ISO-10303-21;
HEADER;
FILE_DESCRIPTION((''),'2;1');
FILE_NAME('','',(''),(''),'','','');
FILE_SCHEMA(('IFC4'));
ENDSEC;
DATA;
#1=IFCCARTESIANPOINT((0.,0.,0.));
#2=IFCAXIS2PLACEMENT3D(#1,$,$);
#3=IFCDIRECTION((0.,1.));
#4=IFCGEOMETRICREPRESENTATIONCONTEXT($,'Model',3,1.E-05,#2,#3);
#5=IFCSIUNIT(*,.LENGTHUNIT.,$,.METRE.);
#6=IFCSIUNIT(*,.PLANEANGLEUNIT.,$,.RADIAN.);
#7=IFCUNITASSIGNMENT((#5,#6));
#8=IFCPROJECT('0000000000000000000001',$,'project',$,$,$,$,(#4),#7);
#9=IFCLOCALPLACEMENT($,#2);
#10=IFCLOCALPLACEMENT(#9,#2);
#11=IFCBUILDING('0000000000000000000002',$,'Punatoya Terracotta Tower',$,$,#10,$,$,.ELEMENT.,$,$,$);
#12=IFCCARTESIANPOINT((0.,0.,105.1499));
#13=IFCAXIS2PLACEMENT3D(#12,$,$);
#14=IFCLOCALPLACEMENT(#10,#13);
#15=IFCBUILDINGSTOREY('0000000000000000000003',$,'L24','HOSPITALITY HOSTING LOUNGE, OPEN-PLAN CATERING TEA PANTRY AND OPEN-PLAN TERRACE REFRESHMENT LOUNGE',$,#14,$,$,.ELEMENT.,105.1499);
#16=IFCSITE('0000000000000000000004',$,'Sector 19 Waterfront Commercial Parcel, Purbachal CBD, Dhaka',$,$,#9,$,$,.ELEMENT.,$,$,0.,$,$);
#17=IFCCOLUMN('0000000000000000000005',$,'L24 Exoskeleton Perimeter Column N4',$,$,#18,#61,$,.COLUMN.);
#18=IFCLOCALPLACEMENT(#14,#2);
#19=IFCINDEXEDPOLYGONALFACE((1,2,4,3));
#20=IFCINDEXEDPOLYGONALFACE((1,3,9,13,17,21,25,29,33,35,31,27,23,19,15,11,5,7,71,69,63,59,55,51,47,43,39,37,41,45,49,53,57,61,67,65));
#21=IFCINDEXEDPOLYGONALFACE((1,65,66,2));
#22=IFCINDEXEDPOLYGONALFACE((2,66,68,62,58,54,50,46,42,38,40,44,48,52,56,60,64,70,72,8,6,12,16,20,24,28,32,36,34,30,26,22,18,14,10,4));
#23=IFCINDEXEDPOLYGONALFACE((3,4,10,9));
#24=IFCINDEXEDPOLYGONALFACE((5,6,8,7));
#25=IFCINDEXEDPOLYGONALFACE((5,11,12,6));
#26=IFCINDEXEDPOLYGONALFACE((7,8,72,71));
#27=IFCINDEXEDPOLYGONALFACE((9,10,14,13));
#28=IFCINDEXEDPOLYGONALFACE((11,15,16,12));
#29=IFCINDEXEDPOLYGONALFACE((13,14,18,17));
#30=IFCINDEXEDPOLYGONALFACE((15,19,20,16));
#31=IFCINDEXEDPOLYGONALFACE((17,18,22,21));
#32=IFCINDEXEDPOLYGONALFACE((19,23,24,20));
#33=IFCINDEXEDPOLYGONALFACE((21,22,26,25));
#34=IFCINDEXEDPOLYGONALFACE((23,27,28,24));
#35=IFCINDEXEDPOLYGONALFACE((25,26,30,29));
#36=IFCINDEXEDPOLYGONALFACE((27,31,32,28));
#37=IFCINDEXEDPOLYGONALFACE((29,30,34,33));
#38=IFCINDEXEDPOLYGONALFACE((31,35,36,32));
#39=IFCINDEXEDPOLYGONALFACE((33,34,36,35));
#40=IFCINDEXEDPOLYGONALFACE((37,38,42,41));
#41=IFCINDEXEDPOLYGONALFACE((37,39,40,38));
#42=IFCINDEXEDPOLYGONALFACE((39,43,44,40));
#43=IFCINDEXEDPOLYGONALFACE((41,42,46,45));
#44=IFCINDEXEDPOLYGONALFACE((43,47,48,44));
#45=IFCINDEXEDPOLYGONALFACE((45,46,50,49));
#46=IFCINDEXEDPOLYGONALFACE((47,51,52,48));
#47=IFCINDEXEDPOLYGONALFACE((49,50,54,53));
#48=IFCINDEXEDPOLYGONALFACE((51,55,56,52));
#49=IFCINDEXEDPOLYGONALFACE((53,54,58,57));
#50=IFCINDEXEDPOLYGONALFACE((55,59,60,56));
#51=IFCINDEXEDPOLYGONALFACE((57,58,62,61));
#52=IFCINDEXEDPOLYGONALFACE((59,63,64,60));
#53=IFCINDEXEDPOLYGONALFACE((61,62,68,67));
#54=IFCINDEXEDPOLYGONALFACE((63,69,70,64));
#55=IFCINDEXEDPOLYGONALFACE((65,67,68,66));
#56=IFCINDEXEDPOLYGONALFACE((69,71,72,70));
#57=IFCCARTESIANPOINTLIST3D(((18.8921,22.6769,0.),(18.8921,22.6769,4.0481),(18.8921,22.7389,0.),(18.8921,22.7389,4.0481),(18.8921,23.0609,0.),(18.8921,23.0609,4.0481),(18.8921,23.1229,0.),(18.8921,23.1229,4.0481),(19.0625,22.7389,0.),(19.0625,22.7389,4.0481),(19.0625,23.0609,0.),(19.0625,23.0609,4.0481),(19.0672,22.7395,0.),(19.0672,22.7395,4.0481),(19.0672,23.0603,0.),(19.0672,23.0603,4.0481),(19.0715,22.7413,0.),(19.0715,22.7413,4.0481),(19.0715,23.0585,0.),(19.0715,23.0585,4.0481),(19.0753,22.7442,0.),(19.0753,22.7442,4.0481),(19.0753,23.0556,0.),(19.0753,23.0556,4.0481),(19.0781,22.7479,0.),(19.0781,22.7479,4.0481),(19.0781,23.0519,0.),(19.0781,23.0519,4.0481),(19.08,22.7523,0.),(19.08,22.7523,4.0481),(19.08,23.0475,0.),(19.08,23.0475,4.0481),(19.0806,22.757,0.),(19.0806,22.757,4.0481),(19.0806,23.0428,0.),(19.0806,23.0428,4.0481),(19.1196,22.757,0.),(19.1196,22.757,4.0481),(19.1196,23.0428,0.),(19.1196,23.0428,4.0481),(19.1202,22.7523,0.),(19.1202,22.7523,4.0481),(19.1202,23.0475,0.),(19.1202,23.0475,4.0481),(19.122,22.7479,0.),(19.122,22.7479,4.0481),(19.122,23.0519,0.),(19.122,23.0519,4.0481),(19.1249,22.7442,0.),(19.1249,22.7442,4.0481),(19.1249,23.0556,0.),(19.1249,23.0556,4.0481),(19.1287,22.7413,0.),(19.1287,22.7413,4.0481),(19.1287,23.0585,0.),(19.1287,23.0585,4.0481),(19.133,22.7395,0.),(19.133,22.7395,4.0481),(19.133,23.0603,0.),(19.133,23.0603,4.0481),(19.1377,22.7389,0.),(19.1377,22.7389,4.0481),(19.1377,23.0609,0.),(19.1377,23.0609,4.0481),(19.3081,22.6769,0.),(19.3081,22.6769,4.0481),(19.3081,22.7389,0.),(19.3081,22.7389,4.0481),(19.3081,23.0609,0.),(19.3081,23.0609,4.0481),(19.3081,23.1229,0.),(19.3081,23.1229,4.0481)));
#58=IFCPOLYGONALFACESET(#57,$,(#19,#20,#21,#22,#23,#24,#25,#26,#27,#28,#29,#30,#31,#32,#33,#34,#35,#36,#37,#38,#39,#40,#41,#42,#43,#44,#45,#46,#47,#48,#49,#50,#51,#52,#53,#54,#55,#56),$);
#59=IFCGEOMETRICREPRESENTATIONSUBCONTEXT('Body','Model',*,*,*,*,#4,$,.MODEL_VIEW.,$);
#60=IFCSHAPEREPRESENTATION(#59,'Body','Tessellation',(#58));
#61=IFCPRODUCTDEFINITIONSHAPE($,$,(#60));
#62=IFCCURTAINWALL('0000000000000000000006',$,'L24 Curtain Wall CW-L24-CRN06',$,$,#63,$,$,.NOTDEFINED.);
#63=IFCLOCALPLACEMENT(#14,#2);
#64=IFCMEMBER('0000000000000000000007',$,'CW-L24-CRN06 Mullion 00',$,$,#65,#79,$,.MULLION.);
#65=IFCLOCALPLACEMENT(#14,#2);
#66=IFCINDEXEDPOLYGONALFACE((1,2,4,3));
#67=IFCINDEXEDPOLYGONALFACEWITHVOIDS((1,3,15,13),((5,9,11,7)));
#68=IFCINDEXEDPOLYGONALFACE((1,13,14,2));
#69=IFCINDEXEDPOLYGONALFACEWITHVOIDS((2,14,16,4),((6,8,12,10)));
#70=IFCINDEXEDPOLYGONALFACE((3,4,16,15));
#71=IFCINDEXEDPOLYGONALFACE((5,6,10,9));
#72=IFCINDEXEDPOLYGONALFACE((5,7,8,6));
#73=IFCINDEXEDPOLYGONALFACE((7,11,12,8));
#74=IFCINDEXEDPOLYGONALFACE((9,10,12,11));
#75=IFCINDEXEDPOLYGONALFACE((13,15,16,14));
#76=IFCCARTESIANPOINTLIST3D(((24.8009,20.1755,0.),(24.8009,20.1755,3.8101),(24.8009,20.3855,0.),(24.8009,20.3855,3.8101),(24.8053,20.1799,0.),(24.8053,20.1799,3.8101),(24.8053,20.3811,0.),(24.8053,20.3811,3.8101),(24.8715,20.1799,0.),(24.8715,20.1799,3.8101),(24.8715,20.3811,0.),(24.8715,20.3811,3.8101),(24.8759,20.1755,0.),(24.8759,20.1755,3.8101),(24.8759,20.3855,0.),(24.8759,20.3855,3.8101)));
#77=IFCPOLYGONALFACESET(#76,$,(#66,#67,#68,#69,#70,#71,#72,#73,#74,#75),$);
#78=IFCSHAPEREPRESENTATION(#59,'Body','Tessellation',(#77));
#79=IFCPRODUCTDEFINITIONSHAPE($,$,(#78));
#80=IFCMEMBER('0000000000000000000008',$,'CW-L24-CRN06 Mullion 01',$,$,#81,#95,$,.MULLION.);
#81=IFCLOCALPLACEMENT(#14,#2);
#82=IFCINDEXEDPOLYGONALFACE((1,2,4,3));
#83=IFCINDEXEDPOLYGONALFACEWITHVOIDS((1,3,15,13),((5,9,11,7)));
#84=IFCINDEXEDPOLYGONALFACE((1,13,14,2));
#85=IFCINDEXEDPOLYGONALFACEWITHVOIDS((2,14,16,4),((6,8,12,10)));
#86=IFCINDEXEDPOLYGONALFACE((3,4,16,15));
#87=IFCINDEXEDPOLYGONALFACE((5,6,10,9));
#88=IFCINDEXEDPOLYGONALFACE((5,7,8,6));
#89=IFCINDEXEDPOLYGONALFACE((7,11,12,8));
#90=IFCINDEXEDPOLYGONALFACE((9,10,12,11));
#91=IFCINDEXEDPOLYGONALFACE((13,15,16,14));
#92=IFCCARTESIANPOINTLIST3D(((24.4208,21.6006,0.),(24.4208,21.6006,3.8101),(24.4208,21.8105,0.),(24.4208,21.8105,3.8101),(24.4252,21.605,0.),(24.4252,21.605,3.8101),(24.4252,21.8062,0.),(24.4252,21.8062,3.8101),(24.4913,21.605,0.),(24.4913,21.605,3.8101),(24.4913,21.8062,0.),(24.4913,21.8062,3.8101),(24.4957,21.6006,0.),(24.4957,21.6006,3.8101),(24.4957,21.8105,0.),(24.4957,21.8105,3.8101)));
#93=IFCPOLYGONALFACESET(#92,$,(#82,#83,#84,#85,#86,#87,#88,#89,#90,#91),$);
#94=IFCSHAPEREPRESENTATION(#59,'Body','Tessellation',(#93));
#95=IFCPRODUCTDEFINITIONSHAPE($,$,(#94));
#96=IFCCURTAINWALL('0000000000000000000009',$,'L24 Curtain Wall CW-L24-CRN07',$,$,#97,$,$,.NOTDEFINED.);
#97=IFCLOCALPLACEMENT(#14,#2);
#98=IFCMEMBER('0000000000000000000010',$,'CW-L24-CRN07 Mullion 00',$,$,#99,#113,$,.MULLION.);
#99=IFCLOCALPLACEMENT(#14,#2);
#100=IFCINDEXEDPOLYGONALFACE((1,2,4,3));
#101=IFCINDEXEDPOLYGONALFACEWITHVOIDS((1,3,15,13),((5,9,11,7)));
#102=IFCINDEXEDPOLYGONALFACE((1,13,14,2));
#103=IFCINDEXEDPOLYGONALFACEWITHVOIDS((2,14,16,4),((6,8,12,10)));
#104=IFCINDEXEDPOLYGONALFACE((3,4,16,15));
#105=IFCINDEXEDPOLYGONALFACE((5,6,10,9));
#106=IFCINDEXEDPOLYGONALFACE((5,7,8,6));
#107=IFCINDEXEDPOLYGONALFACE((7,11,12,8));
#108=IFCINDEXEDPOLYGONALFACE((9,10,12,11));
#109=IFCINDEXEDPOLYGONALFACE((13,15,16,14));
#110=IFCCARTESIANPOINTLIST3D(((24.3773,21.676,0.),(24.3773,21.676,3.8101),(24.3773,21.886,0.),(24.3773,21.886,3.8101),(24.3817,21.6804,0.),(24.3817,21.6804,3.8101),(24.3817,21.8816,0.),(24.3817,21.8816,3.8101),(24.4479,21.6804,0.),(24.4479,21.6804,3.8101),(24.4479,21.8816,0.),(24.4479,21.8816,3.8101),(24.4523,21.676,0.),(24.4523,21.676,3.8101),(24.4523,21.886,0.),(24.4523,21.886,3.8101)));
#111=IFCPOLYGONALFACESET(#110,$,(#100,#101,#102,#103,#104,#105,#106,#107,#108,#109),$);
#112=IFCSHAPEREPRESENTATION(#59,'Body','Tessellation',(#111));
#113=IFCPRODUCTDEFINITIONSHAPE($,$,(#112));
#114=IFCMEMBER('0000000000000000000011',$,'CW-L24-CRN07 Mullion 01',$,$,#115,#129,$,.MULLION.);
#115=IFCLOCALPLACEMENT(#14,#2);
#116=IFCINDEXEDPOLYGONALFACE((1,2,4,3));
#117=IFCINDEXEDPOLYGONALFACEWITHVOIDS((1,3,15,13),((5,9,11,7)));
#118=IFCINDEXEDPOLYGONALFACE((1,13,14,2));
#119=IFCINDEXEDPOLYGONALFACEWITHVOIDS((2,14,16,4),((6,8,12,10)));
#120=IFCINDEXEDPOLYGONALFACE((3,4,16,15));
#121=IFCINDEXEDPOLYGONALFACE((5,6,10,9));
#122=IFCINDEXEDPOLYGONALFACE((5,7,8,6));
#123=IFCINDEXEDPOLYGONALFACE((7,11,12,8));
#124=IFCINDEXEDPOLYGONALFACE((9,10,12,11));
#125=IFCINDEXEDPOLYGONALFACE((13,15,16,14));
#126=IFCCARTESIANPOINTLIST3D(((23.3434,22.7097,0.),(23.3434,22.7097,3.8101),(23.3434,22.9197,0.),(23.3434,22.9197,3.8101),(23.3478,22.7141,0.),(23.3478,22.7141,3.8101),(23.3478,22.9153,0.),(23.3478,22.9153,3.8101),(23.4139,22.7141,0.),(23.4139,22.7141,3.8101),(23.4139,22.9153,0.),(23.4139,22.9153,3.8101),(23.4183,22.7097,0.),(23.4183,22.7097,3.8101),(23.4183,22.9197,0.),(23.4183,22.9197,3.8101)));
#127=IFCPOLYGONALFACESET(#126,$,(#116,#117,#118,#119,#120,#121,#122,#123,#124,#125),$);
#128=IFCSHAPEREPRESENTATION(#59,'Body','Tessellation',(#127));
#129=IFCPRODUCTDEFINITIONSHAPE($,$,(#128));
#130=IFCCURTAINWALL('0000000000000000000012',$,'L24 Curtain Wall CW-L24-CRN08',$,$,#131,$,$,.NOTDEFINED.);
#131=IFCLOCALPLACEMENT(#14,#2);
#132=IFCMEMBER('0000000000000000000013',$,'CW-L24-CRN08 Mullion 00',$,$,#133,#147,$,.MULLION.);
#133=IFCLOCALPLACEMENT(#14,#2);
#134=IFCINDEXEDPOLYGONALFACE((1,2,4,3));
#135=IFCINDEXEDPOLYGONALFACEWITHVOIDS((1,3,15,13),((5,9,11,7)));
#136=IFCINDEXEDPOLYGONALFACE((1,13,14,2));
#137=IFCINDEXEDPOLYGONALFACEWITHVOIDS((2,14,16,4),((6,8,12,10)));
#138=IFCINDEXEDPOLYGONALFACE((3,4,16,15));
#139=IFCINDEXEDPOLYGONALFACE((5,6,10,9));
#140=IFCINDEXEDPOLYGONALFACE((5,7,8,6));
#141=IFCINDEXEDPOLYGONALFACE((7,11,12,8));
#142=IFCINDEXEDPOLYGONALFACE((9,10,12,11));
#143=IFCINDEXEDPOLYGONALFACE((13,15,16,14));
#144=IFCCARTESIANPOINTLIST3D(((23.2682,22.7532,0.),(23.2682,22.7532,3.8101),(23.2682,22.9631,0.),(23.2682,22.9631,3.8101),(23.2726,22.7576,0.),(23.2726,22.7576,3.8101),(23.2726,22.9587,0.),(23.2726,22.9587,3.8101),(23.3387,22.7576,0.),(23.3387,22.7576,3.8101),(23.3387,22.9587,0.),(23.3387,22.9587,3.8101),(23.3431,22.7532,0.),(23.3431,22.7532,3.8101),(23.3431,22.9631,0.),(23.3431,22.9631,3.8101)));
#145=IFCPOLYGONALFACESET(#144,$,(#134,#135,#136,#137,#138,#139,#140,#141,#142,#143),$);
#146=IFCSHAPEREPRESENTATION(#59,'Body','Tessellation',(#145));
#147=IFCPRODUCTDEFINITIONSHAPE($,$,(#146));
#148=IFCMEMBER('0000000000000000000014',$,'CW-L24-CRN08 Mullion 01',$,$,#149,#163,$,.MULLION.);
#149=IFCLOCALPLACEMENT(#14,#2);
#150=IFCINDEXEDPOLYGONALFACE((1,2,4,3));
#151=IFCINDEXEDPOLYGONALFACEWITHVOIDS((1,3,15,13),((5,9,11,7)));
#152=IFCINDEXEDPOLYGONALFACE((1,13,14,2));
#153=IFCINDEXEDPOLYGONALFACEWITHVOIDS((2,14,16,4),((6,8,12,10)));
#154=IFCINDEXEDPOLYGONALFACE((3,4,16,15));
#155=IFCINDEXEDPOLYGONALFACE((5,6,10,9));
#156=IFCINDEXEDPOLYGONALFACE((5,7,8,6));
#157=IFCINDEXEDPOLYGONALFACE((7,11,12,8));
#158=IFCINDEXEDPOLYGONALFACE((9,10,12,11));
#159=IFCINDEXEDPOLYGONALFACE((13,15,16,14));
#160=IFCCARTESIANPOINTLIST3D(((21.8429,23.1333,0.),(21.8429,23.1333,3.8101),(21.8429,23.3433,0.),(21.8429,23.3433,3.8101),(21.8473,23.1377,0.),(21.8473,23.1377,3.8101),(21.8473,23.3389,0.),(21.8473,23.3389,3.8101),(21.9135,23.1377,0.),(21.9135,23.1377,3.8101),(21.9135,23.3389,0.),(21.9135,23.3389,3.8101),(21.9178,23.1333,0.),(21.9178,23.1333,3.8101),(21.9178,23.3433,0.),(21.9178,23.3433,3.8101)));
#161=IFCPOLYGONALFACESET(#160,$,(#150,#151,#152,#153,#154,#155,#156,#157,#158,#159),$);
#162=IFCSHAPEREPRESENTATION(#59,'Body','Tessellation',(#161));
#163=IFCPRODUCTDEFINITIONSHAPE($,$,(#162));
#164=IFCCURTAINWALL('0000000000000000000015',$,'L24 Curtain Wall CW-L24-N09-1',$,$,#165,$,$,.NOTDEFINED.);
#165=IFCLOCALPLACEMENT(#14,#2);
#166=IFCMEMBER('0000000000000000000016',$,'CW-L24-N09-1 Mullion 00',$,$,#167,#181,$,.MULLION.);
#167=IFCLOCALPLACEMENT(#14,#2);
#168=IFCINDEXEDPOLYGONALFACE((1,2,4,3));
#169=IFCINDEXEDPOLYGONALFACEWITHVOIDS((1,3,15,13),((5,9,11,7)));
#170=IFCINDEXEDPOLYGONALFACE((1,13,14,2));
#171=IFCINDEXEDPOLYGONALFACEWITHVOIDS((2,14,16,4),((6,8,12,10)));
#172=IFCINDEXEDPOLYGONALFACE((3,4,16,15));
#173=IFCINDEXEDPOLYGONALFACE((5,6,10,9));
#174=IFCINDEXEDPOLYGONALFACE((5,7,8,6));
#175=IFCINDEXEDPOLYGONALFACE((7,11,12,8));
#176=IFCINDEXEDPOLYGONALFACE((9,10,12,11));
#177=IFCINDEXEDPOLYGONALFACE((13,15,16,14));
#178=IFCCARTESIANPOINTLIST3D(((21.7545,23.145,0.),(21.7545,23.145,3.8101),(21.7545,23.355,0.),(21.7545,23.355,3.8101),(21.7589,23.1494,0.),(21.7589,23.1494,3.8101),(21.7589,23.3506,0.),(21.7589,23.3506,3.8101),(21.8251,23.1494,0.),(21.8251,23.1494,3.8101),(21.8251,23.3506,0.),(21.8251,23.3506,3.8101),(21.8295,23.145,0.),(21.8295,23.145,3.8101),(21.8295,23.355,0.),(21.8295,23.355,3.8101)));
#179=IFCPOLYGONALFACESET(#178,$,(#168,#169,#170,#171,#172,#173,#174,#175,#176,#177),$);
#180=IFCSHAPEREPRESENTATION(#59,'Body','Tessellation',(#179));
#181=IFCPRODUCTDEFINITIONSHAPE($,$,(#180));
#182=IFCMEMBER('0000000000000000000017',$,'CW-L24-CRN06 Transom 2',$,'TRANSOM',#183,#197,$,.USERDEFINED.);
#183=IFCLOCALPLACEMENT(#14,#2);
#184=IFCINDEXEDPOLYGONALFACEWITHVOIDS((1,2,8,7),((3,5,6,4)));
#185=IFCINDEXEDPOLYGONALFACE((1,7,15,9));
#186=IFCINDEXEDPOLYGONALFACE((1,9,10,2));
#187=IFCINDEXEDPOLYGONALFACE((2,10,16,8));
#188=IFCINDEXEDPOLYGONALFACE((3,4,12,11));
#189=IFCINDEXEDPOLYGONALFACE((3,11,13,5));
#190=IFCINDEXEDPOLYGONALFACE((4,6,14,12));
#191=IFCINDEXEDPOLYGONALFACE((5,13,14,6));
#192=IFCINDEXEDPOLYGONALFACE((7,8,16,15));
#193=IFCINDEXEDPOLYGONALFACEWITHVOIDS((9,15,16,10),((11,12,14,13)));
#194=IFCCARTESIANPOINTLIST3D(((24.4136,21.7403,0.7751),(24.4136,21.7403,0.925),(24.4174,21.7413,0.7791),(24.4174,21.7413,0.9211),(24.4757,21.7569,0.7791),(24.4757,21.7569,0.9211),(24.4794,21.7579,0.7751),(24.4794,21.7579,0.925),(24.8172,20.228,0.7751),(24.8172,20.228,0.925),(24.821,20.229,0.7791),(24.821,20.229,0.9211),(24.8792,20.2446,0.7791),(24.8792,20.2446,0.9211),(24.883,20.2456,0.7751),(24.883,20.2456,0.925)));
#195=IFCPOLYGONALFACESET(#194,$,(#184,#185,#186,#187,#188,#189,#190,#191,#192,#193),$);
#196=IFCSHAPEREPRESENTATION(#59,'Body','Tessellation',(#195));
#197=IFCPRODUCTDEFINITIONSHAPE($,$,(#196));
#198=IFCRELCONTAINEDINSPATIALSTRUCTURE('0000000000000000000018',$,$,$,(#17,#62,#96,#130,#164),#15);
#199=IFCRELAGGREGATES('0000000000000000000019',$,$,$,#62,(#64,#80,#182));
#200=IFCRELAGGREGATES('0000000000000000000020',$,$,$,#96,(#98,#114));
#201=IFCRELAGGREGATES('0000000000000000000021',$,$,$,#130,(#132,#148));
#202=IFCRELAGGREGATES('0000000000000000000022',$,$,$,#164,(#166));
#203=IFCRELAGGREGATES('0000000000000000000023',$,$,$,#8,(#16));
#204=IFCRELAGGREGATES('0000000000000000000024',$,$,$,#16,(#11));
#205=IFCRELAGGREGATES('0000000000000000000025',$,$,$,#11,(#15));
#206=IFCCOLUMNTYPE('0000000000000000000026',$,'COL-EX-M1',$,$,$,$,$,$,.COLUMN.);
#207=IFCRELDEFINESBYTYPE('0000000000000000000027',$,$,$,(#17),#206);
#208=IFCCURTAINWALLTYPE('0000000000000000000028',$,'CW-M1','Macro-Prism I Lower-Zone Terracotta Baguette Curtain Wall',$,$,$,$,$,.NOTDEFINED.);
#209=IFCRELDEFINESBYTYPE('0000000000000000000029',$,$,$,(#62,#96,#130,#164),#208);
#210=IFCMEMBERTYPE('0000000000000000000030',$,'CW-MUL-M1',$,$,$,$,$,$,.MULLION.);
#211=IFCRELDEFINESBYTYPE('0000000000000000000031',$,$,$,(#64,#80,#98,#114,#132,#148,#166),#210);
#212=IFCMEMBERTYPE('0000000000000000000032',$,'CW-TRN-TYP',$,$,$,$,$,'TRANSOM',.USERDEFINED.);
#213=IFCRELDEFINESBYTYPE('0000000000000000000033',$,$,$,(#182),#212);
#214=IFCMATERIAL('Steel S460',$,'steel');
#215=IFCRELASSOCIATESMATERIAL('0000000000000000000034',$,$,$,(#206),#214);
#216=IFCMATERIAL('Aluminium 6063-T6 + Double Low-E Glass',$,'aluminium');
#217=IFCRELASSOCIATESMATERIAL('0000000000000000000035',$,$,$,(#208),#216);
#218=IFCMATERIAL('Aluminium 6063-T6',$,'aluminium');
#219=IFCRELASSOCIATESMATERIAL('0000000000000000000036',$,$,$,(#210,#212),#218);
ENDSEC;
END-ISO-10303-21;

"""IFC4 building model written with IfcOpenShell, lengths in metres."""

from ifc_helpers import new_model, si_unit, direction, frame, origin, origin_2d, place, context, subcontext, project, spatial, hollow_rectangle, i_section, extrude, material, material_profile, profile_set, type_object, element, aggregate, save


model = new_model("IFC4")

# Units and contexts
model_context = context("Model", 3, precision=1e-05, world=origin(), true_north=direction((0.0, 1.0)))
body_context = subcontext(model_context, "Body", "Model", "MODEL_VIEW")
ifc_project = project(units=[si_unit("LENGTHUNIT", "METRE"), si_unit("PLANEANGLEUNIT", "RADIAN")], contexts=[model_context])

# Site, building, storey
site_placement = place(None, origin())
site = spatial("IfcSite", under=ifc_project, at=site_placement, Name="Sector 19 Waterfront Commercial Parcel, Purbachal CBD, Dhaka", CompositionType="ELEMENT", RefElevation=0.0)
building_placement = place(site_placement, origin())
building = spatial("IfcBuilding", under=site, at=building_placement, Name="Punatoya Terracotta Tower", CompositionType="ELEMENT")
storey_placement = place(building_placement, frame((0.0, 0.0, 105.1499)))
storey = spatial("IfcBuildingStorey", under=building, at=storey_placement, Name="L24", Description="HOSPITALITY HOSTING LOUNGE, OPEN-PLAN CATERING TEA PANTRY AND OPEN-PLAN TERRACE REFRESHMENT LOUNGE", CompositionType="ELEMENT", Elevation=105.1499)

# Column
ifc_material_1 = material(Name="Steel S460", Category="steel")
ifc_material_profile_1 = material_profile(ifc_material_1, i_section(OverallWidth=0.416, OverallDepth=0.446, WebThickness=0.0391, FlangeThickness=0.062, FilletRadius=0.0181, at=origin_2d()))
ifc_profile_set_1 = profile_set([ifc_material_profile_1], Name="Steel S460")
column_type = type_object("IfcColumnType", Name="COL-EX-M1", PredefinedType="COLUMN", material=ifc_profile_set_1)
column_placement = place(storey_placement, frame((19.1001, 22.8999, 0.0), z_axis=(0.0, 0.0, 1.0), x_axis=(1.0, 0.0, 0.0)))
element("IfcColumn", 1, at=column_placement, inside=storey, type_object=column_type, Name="L24 Exoskeleton Perimeter Column N4", PredefinedType="COLUMN", context=body_context, shape_type="SweptSolid", body=[
    extrude(i_section(OverallWidth=0.416, OverallDepth=0.446, WebThickness=0.0391, FlangeThickness=0.062, FilletRadius=0.0181, at=origin_2d()), origin(), (0.0, 0.0, 1.0), 4.0481),
])

# Curtain walls, members
ifc_material_2 = material(Name="Aluminium 6063-T6 + Double Low-E Glass", Category="aluminium")
curtain_wall_type = type_object("IfcCurtainWallType", Name="CW-M1", Description="Macro-Prism I Lower-Zone Terracotta Baguette Curtain Wall", PredefinedType="NOTDEFINED", material=ifc_material_2)
curtain_wall_1_placement = place(storey_placement, origin())
curtain_wall_1 = element("IfcCurtainWall", 2, at=curtain_wall_1_placement, inside=storey, type_object=curtain_wall_type, Name="L24 Curtain Wall CW-L24-CRN06", PredefinedType="NOTDEFINED")
ifc_material_3 = material(Name="Aluminium 6063-T6", Category="aluminium")
ifc_material_profile_2 = material_profile(ifc_material_3, hollow_rectangle(XDim=0.075, YDim=0.21, WallThickness=0.0044, at=origin_2d()))
ifc_profile_set_2 = profile_set([ifc_material_profile_2], Name="Aluminium 6063-T6")
member_type_1 = type_object("IfcMemberType", Name="CW-MUL-M1", PredefinedType="MULLION", material=ifc_profile_set_2)
member_1_placement = place(storey_placement, frame((24.8384, 20.2805, 0.0), z_axis=(0.0, 0.0, 1.0), x_axis=(1.0, 0.0, 0.0)))
member_1 = element("IfcMember", 3, at=member_1_placement, type_object=member_type_1, Name="CW-L24-CRN06 Mullion 00", PredefinedType="MULLION", context=body_context, shape_type="SweptSolid", body=[
    extrude(hollow_rectangle(XDim=0.075, YDim=0.21, WallThickness=0.0044, at=origin_2d()), origin(), (0.0, 0.0, 1.0), 3.8101),
])
member_2_placement = place(storey_placement, frame((24.4583, 21.7056, 0.0), z_axis=(0.0, 0.0, 1.0), x_axis=(1.0, 0.0, 0.0)))
member_2 = element("IfcMember", 4, at=member_2_placement, type_object=member_type_1, Name="CW-L24-CRN06 Mullion 01", PredefinedType="MULLION", context=body_context, shape_type="SweptSolid", body=[
    extrude(hollow_rectangle(XDim=0.075, YDim=0.21, WallThickness=0.0044, at=origin_2d()), origin(), (0.0, 0.0, 1.0), 3.8101),
])
curtain_wall_2_placement = place(storey_placement, origin())
curtain_wall_2 = element("IfcCurtainWall", 5, at=curtain_wall_2_placement, inside=storey, type_object=curtain_wall_type, Name="L24 Curtain Wall CW-L24-CRN07", PredefinedType="NOTDEFINED")
member_3_placement = place(storey_placement, frame((24.4148, 21.781, 0.0), z_axis=(0.0, 0.0, 1.0), x_axis=(1.0, 0.0, 0.0)))
member_3 = element("IfcMember", 6, at=member_3_placement, type_object=member_type_1, Name="CW-L24-CRN07 Mullion 00", PredefinedType="MULLION", context=body_context, shape_type="SweptSolid", body=[
    extrude(hollow_rectangle(XDim=0.075, YDim=0.21, WallThickness=0.0044, at=origin_2d()), origin(), (0.0, 0.0, 1.0), 3.8101),
])
member_4_placement = place(storey_placement, frame((23.3809, 22.8147, 0.0), z_axis=(0.0, 0.0, 1.0), x_axis=(1.0, 0.0, 0.0)))
member_4 = element("IfcMember", 7, at=member_4_placement, type_object=member_type_1, Name="CW-L24-CRN07 Mullion 01", PredefinedType="MULLION", context=body_context, shape_type="SweptSolid", body=[
    extrude(hollow_rectangle(XDim=0.075, YDim=0.21, WallThickness=0.0044, at=origin_2d()), origin(), (0.0, 0.0, 1.0), 3.8101),
])
curtain_wall_3_placement = place(storey_placement, origin())
curtain_wall_3 = element("IfcCurtainWall", 8, at=curtain_wall_3_placement, inside=storey, type_object=curtain_wall_type, Name="L24 Curtain Wall CW-L24-CRN08", PredefinedType="NOTDEFINED")
member_5_placement = place(storey_placement, frame((23.3057, 22.8582, 0.0), z_axis=(0.0, 0.0, 1.0), x_axis=(1.0, 0.0, 0.0)))
member_5 = element("IfcMember", 9, at=member_5_placement, type_object=member_type_1, Name="CW-L24-CRN08 Mullion 00", PredefinedType="MULLION", context=body_context, shape_type="SweptSolid", body=[
    extrude(hollow_rectangle(XDim=0.075, YDim=0.21, WallThickness=0.0044, at=origin_2d()), origin(), (0.0, 0.0, 1.0), 3.8101),
])
member_6_placement = place(storey_placement, frame((21.8804, 23.2383, 0.0), z_axis=(0.0, 0.0, 1.0), x_axis=(1.0, 0.0, 0.0)))
member_6 = element("IfcMember", 10, at=member_6_placement, type_object=member_type_1, Name="CW-L24-CRN08 Mullion 01", PredefinedType="MULLION", context=body_context, shape_type="SweptSolid", body=[
    extrude(hollow_rectangle(XDim=0.075, YDim=0.21, WallThickness=0.0044, at=origin_2d()), origin(), (0.0, 0.0, 1.0), 3.8101),
])

# Curtain wall, member
curtain_wall_4_placement = place(storey_placement, origin())
curtain_wall_4 = element("IfcCurtainWall", 11, at=curtain_wall_4_placement, inside=storey, type_object=curtain_wall_type, Name="L24 Curtain Wall CW-L24-N09-1", PredefinedType="NOTDEFINED")
member_7_placement = place(storey_placement, frame((21.792, 23.25, 0.0), z_axis=(0.0, 0.0, 1.0), x_axis=(1.0, 0.0, 0.0)))
member_7 = element("IfcMember", 12, at=member_7_placement, type_object=member_type_1, Name="CW-L24-N09-1 Mullion 00", PredefinedType="MULLION", context=body_context, shape_type="SweptSolid", body=[
    extrude(hollow_rectangle(XDim=0.075, YDim=0.21, WallThickness=0.0044, at=origin_2d()), origin(), (0.0, 0.0, 1.0), 3.8101),
])

# Member
ifc_material_profile_3 = material_profile(ifc_material_3, hollow_rectangle(XDim=0.0681, YDim=0.1499, WallThickness=0.0039, at=origin_2d()))
ifc_profile_set_3 = profile_set([ifc_material_profile_3], Name="Aluminium 6063-T6")
member_type_2 = type_object("IfcMemberType", Name="CW-TRN-TYP", ElementType="TRANSOM", PredefinedType="USERDEFINED", material=ifc_profile_set_3)
member_8_placement = place(storey_placement, frame((24.8501, 20.2368, 0.8501), z_axis=(-0.257847, 0.966186, 0.0), x_axis=(-0.966186, -0.257847, 0.0)))
member_8 = element("IfcMember", 13, at=member_8_placement, type_object=member_type_2, Name="CW-L24-CRN06 Transom 2", ObjectType="TRANSOM", PredefinedType="USERDEFINED", context=body_context, shape_type="SweptSolid", body=[
    extrude(hollow_rectangle(XDim=0.0681, YDim=0.1499, WallThickness=0.0039, at=origin_2d()), origin(), (0.0, 0.0, 1.0), 1.5652),
])

aggregate(curtain_wall_1, [member_1, member_2, member_8])
aggregate(curtain_wall_2, [member_3, member_4])
aggregate(curtain_wall_3, [member_5, member_6])
aggregate(curtain_wall_4, [member_7])

save(model, "model.ifc")
